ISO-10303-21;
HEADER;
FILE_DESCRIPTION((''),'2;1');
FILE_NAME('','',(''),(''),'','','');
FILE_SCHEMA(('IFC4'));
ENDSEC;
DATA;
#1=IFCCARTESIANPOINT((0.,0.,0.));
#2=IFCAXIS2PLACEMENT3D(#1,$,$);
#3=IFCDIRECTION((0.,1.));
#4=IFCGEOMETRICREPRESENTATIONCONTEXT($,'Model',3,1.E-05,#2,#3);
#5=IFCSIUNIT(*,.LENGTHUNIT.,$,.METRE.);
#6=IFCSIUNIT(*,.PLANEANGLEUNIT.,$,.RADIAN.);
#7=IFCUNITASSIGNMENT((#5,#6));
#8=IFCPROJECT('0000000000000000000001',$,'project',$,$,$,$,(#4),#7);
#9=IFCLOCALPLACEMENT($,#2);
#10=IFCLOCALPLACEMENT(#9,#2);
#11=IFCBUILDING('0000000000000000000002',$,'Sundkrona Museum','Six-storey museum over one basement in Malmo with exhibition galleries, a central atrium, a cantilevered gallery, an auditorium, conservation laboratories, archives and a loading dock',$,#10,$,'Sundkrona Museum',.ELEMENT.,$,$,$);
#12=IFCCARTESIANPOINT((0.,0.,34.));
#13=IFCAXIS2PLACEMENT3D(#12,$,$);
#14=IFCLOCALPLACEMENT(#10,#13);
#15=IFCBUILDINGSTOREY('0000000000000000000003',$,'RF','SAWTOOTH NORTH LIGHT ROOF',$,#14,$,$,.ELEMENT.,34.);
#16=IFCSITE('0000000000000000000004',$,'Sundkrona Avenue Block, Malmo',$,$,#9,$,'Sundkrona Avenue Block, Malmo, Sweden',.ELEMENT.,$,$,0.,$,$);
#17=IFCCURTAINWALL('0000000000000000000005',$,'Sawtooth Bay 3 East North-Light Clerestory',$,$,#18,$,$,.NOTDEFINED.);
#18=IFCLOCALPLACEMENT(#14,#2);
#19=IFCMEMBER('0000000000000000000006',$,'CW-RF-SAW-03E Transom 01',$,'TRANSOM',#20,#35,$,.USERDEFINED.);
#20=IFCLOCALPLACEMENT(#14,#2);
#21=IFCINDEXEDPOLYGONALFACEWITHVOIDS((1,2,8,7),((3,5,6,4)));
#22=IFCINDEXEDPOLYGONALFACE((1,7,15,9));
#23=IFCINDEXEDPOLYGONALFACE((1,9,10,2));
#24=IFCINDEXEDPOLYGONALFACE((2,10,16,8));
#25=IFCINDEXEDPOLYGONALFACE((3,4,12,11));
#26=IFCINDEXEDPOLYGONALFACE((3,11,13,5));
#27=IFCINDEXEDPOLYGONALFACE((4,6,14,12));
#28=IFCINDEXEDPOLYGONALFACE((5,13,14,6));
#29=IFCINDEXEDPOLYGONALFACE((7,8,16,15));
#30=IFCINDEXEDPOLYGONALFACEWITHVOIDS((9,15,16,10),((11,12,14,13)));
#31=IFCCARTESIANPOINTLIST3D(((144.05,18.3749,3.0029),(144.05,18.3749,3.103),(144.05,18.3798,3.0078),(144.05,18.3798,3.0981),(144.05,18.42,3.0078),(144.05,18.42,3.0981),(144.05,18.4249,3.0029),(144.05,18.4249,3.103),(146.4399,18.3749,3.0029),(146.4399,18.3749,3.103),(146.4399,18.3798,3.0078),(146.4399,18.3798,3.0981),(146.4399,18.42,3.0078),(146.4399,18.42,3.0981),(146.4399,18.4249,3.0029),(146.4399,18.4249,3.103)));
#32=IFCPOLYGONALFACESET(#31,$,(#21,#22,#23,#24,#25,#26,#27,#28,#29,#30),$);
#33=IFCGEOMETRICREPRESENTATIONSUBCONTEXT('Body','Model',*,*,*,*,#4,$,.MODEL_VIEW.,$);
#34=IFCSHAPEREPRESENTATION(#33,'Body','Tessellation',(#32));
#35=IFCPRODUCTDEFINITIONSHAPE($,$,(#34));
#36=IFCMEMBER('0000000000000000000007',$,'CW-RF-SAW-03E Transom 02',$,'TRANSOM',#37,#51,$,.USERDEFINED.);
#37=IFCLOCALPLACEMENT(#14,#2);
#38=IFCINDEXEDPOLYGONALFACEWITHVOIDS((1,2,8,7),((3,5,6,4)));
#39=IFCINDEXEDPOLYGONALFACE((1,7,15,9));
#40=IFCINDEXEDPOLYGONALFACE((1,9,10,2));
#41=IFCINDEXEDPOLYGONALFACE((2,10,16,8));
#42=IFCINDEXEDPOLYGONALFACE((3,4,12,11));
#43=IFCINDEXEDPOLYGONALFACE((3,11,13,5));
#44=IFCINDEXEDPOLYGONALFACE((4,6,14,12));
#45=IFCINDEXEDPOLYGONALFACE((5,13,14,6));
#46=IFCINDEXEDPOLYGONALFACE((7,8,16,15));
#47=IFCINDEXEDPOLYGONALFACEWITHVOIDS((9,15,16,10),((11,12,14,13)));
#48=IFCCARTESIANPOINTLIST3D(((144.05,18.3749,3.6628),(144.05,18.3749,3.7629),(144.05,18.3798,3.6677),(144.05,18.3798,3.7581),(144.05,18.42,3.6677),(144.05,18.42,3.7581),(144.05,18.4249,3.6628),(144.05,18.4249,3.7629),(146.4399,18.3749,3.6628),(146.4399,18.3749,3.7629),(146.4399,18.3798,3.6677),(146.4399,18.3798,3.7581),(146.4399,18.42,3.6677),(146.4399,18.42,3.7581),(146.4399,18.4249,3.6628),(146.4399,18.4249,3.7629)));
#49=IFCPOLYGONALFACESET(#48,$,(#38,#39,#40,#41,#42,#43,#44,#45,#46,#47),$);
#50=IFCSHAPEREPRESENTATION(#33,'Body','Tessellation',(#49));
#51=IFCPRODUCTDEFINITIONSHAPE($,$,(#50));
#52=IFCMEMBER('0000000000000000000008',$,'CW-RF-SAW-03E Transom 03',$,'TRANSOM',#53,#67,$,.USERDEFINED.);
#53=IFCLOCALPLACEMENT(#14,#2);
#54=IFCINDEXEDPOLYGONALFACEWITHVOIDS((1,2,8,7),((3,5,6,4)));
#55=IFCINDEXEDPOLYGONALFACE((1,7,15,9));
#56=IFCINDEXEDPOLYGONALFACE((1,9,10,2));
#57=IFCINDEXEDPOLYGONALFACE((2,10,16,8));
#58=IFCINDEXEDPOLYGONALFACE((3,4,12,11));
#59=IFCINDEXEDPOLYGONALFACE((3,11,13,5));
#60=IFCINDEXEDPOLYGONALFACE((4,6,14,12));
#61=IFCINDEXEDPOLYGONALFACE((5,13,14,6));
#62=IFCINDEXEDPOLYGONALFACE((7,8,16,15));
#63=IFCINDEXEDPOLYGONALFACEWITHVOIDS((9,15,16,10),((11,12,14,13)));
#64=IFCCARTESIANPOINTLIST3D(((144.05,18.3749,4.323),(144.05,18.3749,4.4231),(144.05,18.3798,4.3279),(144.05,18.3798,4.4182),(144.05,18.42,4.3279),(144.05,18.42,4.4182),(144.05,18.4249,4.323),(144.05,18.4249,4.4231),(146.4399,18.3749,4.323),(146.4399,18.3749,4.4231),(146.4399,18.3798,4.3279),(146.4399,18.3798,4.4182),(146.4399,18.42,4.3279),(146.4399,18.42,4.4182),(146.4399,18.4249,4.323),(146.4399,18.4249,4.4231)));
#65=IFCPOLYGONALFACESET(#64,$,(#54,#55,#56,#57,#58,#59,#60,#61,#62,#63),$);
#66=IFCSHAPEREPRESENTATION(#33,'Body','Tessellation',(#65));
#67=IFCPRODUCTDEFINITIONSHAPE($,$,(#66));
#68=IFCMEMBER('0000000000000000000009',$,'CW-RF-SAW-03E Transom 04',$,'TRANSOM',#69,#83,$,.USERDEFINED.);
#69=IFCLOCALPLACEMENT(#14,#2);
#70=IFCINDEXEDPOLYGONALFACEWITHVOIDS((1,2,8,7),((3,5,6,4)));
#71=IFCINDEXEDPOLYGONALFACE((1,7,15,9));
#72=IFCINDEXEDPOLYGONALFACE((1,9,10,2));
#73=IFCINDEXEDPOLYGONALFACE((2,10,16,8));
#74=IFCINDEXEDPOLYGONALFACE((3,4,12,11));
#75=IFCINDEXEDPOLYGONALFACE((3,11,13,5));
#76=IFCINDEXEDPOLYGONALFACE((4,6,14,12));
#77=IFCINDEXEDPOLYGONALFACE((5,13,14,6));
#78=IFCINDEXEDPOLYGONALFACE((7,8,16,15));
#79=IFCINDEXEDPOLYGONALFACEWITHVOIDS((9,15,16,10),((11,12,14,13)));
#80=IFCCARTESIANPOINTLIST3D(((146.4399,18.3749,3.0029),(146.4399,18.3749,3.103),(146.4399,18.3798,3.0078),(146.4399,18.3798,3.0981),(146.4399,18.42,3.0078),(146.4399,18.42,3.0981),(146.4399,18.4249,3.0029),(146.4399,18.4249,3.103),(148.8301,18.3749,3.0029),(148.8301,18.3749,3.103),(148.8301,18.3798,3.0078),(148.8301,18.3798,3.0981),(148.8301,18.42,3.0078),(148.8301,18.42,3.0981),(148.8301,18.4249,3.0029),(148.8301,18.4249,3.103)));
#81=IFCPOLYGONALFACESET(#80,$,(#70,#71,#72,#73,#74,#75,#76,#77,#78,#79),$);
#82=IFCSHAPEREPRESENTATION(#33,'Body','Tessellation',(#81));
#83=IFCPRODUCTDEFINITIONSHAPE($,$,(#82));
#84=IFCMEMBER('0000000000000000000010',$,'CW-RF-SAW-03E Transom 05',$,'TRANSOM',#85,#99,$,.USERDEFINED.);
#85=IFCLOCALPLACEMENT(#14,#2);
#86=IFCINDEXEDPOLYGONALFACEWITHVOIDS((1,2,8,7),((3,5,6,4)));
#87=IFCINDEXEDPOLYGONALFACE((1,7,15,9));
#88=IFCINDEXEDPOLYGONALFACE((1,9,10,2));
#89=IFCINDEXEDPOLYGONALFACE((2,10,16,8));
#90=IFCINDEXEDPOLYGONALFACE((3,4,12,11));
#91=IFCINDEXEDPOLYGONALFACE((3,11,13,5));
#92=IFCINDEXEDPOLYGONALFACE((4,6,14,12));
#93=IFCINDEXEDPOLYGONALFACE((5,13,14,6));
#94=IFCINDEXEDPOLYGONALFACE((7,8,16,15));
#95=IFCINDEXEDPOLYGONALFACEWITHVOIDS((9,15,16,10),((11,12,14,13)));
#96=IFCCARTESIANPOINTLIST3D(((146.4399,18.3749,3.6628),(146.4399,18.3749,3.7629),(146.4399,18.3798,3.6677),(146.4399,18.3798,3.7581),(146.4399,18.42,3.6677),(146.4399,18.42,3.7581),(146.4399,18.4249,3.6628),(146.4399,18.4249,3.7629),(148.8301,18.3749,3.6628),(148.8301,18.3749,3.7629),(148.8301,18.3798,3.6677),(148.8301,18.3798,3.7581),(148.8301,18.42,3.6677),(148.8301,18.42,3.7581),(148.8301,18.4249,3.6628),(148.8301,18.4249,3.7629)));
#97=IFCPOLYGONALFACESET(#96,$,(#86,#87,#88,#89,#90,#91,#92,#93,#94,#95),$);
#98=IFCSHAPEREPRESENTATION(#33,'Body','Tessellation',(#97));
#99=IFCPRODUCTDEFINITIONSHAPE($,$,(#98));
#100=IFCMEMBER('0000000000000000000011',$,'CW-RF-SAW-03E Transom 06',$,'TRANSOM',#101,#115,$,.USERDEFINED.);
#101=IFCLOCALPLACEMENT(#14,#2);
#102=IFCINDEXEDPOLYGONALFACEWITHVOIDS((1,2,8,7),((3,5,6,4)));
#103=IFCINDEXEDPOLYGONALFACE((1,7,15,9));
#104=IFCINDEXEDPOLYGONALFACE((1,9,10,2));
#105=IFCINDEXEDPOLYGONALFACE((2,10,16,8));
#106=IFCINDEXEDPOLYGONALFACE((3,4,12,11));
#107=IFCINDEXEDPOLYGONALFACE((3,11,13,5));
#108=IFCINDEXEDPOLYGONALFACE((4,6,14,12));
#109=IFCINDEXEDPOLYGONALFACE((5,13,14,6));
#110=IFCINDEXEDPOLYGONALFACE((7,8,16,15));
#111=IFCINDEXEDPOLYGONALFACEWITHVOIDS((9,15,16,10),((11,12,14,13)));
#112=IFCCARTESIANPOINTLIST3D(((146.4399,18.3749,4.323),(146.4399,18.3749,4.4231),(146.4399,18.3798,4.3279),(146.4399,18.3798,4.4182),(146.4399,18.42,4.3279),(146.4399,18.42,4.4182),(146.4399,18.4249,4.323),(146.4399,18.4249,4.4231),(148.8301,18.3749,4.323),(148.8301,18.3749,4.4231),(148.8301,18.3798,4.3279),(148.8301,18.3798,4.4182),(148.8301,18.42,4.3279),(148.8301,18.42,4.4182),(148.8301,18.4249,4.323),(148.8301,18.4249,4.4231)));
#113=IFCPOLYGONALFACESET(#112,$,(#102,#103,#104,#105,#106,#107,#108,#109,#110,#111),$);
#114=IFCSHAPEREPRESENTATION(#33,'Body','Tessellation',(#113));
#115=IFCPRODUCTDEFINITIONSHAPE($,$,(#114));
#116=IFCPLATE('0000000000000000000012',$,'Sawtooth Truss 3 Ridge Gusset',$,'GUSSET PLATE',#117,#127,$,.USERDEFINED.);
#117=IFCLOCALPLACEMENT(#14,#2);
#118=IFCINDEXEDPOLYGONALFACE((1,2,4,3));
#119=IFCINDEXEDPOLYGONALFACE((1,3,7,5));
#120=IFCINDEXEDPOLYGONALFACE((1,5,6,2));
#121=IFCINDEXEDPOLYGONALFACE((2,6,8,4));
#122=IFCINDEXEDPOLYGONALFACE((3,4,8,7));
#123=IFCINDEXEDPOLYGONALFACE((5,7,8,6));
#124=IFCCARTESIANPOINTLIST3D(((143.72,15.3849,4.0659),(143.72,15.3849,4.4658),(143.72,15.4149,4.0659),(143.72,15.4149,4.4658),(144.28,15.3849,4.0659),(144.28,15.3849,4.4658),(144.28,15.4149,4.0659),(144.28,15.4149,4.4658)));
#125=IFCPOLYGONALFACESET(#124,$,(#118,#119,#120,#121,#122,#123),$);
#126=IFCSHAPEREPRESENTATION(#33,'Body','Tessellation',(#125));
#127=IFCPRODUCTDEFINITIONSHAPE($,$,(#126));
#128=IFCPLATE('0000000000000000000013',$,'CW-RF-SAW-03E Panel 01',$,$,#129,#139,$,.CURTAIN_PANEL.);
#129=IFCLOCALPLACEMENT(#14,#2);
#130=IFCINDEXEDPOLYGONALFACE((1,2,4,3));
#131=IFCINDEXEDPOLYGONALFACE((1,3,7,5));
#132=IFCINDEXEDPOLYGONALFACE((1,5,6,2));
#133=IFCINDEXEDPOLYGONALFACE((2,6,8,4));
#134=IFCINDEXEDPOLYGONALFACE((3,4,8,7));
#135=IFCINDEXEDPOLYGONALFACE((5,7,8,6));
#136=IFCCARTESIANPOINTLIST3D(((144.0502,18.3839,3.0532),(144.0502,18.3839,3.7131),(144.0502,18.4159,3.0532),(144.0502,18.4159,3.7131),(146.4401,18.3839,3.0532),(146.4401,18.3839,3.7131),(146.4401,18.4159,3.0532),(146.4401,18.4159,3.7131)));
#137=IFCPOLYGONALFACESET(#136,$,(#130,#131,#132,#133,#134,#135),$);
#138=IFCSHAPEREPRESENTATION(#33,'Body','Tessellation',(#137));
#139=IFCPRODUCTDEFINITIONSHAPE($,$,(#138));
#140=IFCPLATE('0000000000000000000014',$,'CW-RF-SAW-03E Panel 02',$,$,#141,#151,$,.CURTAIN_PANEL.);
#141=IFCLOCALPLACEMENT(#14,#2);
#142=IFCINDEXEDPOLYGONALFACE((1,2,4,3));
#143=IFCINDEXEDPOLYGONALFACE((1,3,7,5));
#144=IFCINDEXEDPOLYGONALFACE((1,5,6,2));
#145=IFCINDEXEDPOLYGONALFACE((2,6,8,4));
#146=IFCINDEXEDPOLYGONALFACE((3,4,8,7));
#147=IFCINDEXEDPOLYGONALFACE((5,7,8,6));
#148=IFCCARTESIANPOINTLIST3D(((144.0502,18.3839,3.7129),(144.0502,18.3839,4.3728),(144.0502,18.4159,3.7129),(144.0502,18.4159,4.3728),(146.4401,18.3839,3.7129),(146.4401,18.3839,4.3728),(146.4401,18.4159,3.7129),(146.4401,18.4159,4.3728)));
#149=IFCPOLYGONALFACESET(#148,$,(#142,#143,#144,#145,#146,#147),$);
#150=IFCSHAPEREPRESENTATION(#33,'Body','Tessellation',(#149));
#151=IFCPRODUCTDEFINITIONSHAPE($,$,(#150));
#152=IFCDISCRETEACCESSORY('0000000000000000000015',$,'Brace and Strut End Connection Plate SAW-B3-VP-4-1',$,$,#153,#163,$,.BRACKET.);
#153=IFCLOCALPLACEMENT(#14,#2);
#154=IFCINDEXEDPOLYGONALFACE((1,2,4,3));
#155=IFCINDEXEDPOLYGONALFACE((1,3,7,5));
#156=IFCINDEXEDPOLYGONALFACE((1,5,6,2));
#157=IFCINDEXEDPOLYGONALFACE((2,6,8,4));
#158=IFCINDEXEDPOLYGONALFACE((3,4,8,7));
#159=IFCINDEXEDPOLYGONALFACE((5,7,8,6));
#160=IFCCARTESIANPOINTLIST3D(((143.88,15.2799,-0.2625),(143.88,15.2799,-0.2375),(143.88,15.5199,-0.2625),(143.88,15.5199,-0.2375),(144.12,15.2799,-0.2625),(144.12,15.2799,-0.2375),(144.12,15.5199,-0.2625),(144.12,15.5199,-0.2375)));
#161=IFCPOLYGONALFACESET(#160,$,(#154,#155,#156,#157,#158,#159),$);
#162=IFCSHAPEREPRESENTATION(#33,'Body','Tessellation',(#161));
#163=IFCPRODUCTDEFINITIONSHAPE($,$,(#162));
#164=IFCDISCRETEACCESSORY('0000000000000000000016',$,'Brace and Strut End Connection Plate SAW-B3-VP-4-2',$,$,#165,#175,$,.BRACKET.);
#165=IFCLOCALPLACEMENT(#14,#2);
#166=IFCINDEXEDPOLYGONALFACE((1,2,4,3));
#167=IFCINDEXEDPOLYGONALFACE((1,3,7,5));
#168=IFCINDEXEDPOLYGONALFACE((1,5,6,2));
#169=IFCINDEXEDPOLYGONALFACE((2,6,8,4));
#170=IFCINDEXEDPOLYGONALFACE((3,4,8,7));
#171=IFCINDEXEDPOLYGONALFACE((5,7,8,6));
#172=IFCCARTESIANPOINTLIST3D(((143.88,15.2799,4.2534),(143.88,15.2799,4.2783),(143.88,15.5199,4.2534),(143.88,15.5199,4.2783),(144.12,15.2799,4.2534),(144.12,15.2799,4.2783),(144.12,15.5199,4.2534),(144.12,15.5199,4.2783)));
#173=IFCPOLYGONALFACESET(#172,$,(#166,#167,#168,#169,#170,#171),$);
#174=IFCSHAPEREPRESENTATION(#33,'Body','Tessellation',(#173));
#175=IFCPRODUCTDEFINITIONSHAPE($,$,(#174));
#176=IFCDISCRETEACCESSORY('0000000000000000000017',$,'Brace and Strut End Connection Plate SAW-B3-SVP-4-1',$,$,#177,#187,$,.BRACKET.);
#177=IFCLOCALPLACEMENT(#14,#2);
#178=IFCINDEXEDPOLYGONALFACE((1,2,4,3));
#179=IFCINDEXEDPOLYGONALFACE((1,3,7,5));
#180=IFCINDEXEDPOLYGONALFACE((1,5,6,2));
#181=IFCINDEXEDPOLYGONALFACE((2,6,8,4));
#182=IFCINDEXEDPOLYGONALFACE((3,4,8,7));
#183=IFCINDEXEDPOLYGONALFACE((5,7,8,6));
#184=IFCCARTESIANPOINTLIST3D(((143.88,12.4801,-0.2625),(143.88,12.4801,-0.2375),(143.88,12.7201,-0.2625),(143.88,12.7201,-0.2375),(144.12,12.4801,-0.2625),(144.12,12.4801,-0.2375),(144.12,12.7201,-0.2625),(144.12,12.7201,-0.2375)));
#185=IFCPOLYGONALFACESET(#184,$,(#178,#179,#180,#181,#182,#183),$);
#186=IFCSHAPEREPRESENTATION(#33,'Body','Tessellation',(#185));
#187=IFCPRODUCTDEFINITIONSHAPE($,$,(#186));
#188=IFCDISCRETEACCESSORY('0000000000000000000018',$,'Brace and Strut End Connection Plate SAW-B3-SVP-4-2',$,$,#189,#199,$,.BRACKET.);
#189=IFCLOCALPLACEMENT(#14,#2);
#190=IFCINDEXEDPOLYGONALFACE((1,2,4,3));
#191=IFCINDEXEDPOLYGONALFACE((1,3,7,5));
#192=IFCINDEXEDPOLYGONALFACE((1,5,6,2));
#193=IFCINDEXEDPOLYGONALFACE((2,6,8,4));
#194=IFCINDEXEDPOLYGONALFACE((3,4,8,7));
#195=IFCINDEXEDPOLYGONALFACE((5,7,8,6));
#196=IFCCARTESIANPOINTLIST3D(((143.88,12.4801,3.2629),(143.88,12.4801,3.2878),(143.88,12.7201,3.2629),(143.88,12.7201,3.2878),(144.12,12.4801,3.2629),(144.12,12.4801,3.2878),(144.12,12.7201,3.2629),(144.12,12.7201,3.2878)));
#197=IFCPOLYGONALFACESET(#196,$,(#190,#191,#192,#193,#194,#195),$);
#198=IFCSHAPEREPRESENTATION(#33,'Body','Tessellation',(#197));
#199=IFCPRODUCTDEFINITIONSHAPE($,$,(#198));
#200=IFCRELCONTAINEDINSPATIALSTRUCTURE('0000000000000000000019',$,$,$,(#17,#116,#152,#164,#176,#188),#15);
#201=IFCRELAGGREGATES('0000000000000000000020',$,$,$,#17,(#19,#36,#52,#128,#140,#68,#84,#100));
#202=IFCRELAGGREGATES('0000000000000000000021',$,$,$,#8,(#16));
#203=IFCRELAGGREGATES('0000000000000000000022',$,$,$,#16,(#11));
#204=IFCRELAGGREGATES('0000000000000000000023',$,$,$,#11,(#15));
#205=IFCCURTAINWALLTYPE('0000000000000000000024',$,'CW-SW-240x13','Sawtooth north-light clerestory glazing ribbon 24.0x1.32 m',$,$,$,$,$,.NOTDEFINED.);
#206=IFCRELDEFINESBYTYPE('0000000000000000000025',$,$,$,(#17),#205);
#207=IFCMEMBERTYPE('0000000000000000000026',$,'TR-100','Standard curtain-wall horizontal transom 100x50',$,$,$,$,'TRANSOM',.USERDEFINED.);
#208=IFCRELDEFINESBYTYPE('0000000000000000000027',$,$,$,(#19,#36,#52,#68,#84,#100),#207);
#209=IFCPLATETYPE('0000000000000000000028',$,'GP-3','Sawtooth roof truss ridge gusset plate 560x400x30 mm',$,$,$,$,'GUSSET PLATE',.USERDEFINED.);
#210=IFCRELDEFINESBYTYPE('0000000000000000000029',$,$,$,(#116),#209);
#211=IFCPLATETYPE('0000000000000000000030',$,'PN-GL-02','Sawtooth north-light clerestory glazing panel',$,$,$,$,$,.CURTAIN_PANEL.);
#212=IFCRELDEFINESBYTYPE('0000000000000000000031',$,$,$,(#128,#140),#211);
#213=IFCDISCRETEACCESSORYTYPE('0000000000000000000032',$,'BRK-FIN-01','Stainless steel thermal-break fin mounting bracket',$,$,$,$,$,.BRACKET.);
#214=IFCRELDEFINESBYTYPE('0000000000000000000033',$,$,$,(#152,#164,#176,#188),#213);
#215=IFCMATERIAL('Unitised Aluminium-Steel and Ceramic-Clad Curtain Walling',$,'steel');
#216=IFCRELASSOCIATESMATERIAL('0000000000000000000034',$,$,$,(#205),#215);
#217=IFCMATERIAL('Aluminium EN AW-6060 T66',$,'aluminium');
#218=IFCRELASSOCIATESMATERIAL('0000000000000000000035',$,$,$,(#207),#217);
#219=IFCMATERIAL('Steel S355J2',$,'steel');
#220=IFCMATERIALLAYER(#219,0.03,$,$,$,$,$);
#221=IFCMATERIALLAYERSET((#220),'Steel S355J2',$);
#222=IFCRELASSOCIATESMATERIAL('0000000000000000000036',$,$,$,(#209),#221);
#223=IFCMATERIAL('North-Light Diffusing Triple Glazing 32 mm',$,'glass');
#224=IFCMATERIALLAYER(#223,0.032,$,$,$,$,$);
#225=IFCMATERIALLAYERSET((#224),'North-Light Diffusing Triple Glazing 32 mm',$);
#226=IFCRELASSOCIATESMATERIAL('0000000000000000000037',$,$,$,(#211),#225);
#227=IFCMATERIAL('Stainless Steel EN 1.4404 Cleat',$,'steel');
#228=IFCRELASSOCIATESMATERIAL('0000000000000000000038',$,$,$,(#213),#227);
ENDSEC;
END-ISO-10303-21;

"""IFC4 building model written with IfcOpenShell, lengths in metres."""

from ifc_helpers import new_model, si_unit, direction, frame, origin, origin_2d, place, context, subcontext, project, spatial, rectangle, hollow_rectangle, extrude, material, layer, layer_set, material_profile, profile_set, type_object, element, aggregate, save


model = new_model("IFC4")

# Units and contexts
model_context = context("Model", 3, precision=1e-05, world=origin(), true_north=direction((0.0, 1.0)))
body_context = subcontext(model_context, "Body", "Model", "MODEL_VIEW")
ifc_project = project(units=[si_unit("LENGTHUNIT", "METRE"), si_unit("PLANEANGLEUNIT", "RADIAN")], contexts=[model_context])

# Site, building, storey
site_placement = place(None, origin())
site = spatial("IfcSite", under=ifc_project, at=site_placement, Name="Sundkrona Avenue Block, Malmo", LongName="Sundkrona Avenue Block, Malmo, Sweden", CompositionType="ELEMENT", RefElevation=0.0)
building_placement = place(site_placement, origin())
building = spatial("IfcBuilding", under=site, at=building_placement, Name="Sundkrona Museum", Description="Six-storey museum over one basement in Malmo with exhibition galleries, a central atrium, a cantilevered gallery, an auditorium, conservation laboratories, archives and a loading dock", LongName="Sundkrona Museum", CompositionType="ELEMENT")
storey_placement = place(building_placement, frame((0.0, 0.0, 34.0)))
storey = spatial("IfcBuildingStorey", under=building, at=storey_placement, Name="RF", Description="SAWTOOTH NORTH LIGHT ROOF", CompositionType="ELEMENT", Elevation=34.0)

# Curtain wall
ifc_material_1 = material(Name="Unitised Aluminium-Steel and Ceramic-Clad Curtain Walling", Category="steel")
curtain_wall_type = type_object("IfcCurtainWallType", Name="CW-SW-240x13", Description="Sawtooth north-light clerestory glazing ribbon 24.0x1.32 m", PredefinedType="NOTDEFINED", material=ifc_material_1)
curtain_wall_placement = place(storey_placement, origin())
curtain_wall = element("IfcCurtainWall", 1, at=curtain_wall_placement, inside=storey, type_object=curtain_wall_type, Name="Sawtooth Bay 3 East North-Light Clerestory", PredefinedType="NOTDEFINED")
ifc_material_2 = material(Name="Aluminium EN AW-6060 T66", Category="aluminium")

# Shared definitions
ifc_material_3 = material(Name="Steel S355J2", Category="steel")

# Members
ifc_material_profile_1 = material_profile(ifc_material_2, hollow_rectangle(XDim=0.05, YDim=0.1001, WallThickness=0.0049, at=origin_2d()), Name="RHS 100x50x5.0")
ifc_profile_set_1 = profile_set([ifc_material_profile_1], Name="Aluminium EN AW-6060 T66")
member_type_1 = type_object("IfcMemberType", Name="TR-100", Description="Standard curtain-wall horizontal transom 100x50", ElementType="TRANSOM", PredefinedType="USERDEFINED", material=ifc_profile_set_1)
member_1_placement = place(storey_placement, frame((144.05, 18.3999, 3.053), z_axis=(1.0, 0.0, 0.0), x_axis=(0.0, 1.0, 0.0)))
member_1 = element("IfcMember", 2, at=member_1_placement, type_object=member_type_1, Name="CW-RF-SAW-03E Transom 01", ObjectType="TRANSOM", PredefinedType="USERDEFINED", context=body_context, shape_type="SweptSolid", body=[
    extrude(hollow_rectangle(XDim=0.05, YDim=0.1001, WallThickness=0.0049, at=origin_2d()), origin(), (0.0, 0.0, 1.0), 2.3899),
])
member_2_placement = place(storey_placement, frame((144.05, 18.3999, 3.7129), z_axis=(1.0, 0.0, 0.0), x_axis=(0.0, 1.0, 0.0)))
member_2 = element("IfcMember", 3, at=member_2_placement, type_object=member_type_1, Name="CW-RF-SAW-03E Transom 02", ObjectType="TRANSOM", PredefinedType="USERDEFINED", context=body_context, shape_type="SweptSolid", body=[
    extrude(hollow_rectangle(XDim=0.05, YDim=0.1001, WallThickness=0.0049, at=origin_2d()), origin(), (0.0, 0.0, 1.0), 2.3899),
])
member_3_placement = place(storey_placement, frame((144.05, 18.3999, 4.373), z_axis=(1.0, 0.0, 0.0), x_axis=(0.0, 1.0, 0.0)))
member_3 = element("IfcMember", 4, at=member_3_placement, type_object=member_type_1, Name="CW-RF-SAW-03E Transom 03", ObjectType="TRANSOM", PredefinedType="USERDEFINED", context=body_context, shape_type="SweptSolid", body=[
    extrude(hollow_rectangle(XDim=0.05, YDim=0.1001, WallThickness=0.0049, at=origin_2d()), origin(), (0.0, 0.0, 1.0), 2.3899),
])
member_4_placement = place(storey_placement, frame((146.4399, 18.3999, 3.053), z_axis=(1.0, 0.0, 0.0), x_axis=(0.0, 1.0, 0.0)))
member_4 = element("IfcMember", 5, at=member_4_placement, type_object=member_type_1, Name="CW-RF-SAW-03E Transom 04", ObjectType="TRANSOM", PredefinedType="USERDEFINED", context=body_context, shape_type="SweptSolid", body=[
    extrude(hollow_rectangle(XDim=0.05, YDim=0.1001, WallThickness=0.0049, at=origin_2d()), origin(), (0.0, 0.0, 1.0), 2.3901),
])
member_5_placement = place(storey_placement, frame((146.4399, 18.3999, 3.7129), z_axis=(1.0, 0.0, 0.0), x_axis=(0.0, 1.0, 0.0)))
member_5 = element("IfcMember", 6, at=member_5_placement, type_object=member_type_1, Name="CW-RF-SAW-03E Transom 05", ObjectType="TRANSOM", PredefinedType="USERDEFINED", context=body_context, shape_type="SweptSolid", body=[
    extrude(hollow_rectangle(XDim=0.05, YDim=0.1001, WallThickness=0.0049, at=origin_2d()), origin(), (0.0, 0.0, 1.0), 2.3901),
])
member_6_placement = place(storey_placement, frame((146.4399, 18.3999, 4.373), z_axis=(1.0, 0.0, 0.0), x_axis=(0.0, 1.0, 0.0)))
member_6 = element("IfcMember", 7, at=member_6_placement, type_object=member_type_1, Name="CW-RF-SAW-03E Transom 06", ObjectType="TRANSOM", PredefinedType="USERDEFINED", context=body_context, shape_type="SweptSolid", body=[
    extrude(hollow_rectangle(XDim=0.05, YDim=0.1001, WallThickness=0.0049, at=origin_2d()), origin(), (0.0, 0.0, 1.0), 2.3901),
])

# Plates
ifc_layer_1 = layer(ifc_material_3, 0.03)
ifc_layer_set_1 = layer_set([ifc_layer_1], Name="Steel S355J2")
plate_type_1 = type_object("IfcPlateType", Name="GP-3", Description="Sawtooth roof truss ridge gusset plate 560x400x30 mm", ElementType="GUSSET PLATE", PredefinedType="USERDEFINED", material=ifc_layer_set_1)
plate_1_placement = place(storey_placement, frame((144.0, 15.3999, 4.0659), z_axis=(0.0, 0.0, 1.0), x_axis=(1.0, 0.0, 0.0)))
element("IfcPlate", 8, at=plate_1_placement, inside=storey, type_object=plate_type_1, Name="Sawtooth Truss 3 Ridge Gusset", ObjectType="GUSSET PLATE", PredefinedType="USERDEFINED", context=body_context, shape_type="SweptSolid", body=[
    extrude(rectangle(XDim=0.5601, YDim=0.03, at=origin_2d()), origin(), (0.0, 0.0, 1.0), 0.3999),
])
ifc_material_4 = material(Name="North-Light Diffusing Triple Glazing 32 mm", Category="glass")
ifc_layer_2 = layer(ifc_material_4, 0.032)
ifc_layer_set_2 = layer_set([ifc_layer_2], Name="North-Light Diffusing Triple Glazing 32 mm")
plate_type_2 = type_object("IfcPlateType", Name="PN-GL-02", Description="Sawtooth north-light clerestory glazing panel", PredefinedType="CURTAIN_PANEL", material=ifc_layer_set_2)
plate_2_placement = place(storey_placement, frame((145.2451, 18.3999, 3.0532), z_axis=(0.0, 0.0, 1.0), x_axis=(1.0, 0.0, 0.0)))
plate_2 = element("IfcPlate", 9, at=plate_2_placement, type_object=plate_type_2, Name="CW-RF-SAW-03E Panel 01", PredefinedType="CURTAIN_PANEL", context=body_context, shape_type="SweptSolid", body=[
    extrude(rectangle(XDim=2.3899, YDim=0.032, at=origin_2d()), origin(), (0.0, 0.0, 1.0), 0.6599),
])
plate_3_placement = place(storey_placement, frame((145.2451, 18.3999, 3.7129), z_axis=(0.0, 0.0, 1.0), x_axis=(1.0, 0.0, 0.0)))
plate_3 = element("IfcPlate", 10, at=plate_3_placement, type_object=plate_type_2, Name="CW-RF-SAW-03E Panel 02", PredefinedType="CURTAIN_PANEL", context=body_context, shape_type="SweptSolid", body=[
    extrude(rectangle(XDim=2.3899, YDim=0.032, at=origin_2d()), origin(), (0.0, 0.0, 1.0), 0.6599),
])
aggregate(curtain_wall, [member_1, member_2, member_3, plate_2, plate_3, member_4, member_5, member_6])

# Discrete accessories
ifc_material_5 = material(Name="Stainless Steel EN 1.4404 Cleat", Category="steel")
discrete_accessory_type = type_object("IfcDiscreteAccessoryType", Name="BRK-FIN-01", Description="Stainless steel thermal-break fin mounting bracket", PredefinedType="BRACKET", material=ifc_material_5)
for number, where, z_axis, x_axis, name in (
    (11, (144.0, 15.3999, -0.2625), (0.0, 0.0, 1.0), (1.0, 0.0, 0.0), "Brace and Strut End Connection Plate SAW-B3-VP-4-1"),
    (12, (144.0, 15.3999, 4.2534), (0.0, 0.0, 1.0), (1.0, 0.0, 0.0), "Brace and Strut End Connection Plate SAW-B3-VP-4-2"),
    (13, (144.0, 12.6001, -0.2625), (0.0, 0.0, 1.0), (1.0, 0.0, 0.0), "Brace and Strut End Connection Plate SAW-B3-SVP-4-1"),
    (14, (144.0, 12.6001, 3.2629), (0.0, 0.0, 1.0), (1.0, 0.0, 0.0), "Brace and Strut End Connection Plate SAW-B3-SVP-4-2"),
):
    element("IfcDiscreteAccessory", number, at=place(storey_placement, frame(where, z_axis=z_axis, x_axis=x_axis)), inside=storey, type_object=discrete_accessory_type, Name=name, PredefinedType="BRACKET", context=body_context, shape_type="SweptSolid", body=[
        extrude(rectangle(XDim=0.24, YDim=0.24, at=origin_2d()), origin(), (0.0, 0.0, 1.0), 0.0249),
    ])

save(model, "model.ifc")
